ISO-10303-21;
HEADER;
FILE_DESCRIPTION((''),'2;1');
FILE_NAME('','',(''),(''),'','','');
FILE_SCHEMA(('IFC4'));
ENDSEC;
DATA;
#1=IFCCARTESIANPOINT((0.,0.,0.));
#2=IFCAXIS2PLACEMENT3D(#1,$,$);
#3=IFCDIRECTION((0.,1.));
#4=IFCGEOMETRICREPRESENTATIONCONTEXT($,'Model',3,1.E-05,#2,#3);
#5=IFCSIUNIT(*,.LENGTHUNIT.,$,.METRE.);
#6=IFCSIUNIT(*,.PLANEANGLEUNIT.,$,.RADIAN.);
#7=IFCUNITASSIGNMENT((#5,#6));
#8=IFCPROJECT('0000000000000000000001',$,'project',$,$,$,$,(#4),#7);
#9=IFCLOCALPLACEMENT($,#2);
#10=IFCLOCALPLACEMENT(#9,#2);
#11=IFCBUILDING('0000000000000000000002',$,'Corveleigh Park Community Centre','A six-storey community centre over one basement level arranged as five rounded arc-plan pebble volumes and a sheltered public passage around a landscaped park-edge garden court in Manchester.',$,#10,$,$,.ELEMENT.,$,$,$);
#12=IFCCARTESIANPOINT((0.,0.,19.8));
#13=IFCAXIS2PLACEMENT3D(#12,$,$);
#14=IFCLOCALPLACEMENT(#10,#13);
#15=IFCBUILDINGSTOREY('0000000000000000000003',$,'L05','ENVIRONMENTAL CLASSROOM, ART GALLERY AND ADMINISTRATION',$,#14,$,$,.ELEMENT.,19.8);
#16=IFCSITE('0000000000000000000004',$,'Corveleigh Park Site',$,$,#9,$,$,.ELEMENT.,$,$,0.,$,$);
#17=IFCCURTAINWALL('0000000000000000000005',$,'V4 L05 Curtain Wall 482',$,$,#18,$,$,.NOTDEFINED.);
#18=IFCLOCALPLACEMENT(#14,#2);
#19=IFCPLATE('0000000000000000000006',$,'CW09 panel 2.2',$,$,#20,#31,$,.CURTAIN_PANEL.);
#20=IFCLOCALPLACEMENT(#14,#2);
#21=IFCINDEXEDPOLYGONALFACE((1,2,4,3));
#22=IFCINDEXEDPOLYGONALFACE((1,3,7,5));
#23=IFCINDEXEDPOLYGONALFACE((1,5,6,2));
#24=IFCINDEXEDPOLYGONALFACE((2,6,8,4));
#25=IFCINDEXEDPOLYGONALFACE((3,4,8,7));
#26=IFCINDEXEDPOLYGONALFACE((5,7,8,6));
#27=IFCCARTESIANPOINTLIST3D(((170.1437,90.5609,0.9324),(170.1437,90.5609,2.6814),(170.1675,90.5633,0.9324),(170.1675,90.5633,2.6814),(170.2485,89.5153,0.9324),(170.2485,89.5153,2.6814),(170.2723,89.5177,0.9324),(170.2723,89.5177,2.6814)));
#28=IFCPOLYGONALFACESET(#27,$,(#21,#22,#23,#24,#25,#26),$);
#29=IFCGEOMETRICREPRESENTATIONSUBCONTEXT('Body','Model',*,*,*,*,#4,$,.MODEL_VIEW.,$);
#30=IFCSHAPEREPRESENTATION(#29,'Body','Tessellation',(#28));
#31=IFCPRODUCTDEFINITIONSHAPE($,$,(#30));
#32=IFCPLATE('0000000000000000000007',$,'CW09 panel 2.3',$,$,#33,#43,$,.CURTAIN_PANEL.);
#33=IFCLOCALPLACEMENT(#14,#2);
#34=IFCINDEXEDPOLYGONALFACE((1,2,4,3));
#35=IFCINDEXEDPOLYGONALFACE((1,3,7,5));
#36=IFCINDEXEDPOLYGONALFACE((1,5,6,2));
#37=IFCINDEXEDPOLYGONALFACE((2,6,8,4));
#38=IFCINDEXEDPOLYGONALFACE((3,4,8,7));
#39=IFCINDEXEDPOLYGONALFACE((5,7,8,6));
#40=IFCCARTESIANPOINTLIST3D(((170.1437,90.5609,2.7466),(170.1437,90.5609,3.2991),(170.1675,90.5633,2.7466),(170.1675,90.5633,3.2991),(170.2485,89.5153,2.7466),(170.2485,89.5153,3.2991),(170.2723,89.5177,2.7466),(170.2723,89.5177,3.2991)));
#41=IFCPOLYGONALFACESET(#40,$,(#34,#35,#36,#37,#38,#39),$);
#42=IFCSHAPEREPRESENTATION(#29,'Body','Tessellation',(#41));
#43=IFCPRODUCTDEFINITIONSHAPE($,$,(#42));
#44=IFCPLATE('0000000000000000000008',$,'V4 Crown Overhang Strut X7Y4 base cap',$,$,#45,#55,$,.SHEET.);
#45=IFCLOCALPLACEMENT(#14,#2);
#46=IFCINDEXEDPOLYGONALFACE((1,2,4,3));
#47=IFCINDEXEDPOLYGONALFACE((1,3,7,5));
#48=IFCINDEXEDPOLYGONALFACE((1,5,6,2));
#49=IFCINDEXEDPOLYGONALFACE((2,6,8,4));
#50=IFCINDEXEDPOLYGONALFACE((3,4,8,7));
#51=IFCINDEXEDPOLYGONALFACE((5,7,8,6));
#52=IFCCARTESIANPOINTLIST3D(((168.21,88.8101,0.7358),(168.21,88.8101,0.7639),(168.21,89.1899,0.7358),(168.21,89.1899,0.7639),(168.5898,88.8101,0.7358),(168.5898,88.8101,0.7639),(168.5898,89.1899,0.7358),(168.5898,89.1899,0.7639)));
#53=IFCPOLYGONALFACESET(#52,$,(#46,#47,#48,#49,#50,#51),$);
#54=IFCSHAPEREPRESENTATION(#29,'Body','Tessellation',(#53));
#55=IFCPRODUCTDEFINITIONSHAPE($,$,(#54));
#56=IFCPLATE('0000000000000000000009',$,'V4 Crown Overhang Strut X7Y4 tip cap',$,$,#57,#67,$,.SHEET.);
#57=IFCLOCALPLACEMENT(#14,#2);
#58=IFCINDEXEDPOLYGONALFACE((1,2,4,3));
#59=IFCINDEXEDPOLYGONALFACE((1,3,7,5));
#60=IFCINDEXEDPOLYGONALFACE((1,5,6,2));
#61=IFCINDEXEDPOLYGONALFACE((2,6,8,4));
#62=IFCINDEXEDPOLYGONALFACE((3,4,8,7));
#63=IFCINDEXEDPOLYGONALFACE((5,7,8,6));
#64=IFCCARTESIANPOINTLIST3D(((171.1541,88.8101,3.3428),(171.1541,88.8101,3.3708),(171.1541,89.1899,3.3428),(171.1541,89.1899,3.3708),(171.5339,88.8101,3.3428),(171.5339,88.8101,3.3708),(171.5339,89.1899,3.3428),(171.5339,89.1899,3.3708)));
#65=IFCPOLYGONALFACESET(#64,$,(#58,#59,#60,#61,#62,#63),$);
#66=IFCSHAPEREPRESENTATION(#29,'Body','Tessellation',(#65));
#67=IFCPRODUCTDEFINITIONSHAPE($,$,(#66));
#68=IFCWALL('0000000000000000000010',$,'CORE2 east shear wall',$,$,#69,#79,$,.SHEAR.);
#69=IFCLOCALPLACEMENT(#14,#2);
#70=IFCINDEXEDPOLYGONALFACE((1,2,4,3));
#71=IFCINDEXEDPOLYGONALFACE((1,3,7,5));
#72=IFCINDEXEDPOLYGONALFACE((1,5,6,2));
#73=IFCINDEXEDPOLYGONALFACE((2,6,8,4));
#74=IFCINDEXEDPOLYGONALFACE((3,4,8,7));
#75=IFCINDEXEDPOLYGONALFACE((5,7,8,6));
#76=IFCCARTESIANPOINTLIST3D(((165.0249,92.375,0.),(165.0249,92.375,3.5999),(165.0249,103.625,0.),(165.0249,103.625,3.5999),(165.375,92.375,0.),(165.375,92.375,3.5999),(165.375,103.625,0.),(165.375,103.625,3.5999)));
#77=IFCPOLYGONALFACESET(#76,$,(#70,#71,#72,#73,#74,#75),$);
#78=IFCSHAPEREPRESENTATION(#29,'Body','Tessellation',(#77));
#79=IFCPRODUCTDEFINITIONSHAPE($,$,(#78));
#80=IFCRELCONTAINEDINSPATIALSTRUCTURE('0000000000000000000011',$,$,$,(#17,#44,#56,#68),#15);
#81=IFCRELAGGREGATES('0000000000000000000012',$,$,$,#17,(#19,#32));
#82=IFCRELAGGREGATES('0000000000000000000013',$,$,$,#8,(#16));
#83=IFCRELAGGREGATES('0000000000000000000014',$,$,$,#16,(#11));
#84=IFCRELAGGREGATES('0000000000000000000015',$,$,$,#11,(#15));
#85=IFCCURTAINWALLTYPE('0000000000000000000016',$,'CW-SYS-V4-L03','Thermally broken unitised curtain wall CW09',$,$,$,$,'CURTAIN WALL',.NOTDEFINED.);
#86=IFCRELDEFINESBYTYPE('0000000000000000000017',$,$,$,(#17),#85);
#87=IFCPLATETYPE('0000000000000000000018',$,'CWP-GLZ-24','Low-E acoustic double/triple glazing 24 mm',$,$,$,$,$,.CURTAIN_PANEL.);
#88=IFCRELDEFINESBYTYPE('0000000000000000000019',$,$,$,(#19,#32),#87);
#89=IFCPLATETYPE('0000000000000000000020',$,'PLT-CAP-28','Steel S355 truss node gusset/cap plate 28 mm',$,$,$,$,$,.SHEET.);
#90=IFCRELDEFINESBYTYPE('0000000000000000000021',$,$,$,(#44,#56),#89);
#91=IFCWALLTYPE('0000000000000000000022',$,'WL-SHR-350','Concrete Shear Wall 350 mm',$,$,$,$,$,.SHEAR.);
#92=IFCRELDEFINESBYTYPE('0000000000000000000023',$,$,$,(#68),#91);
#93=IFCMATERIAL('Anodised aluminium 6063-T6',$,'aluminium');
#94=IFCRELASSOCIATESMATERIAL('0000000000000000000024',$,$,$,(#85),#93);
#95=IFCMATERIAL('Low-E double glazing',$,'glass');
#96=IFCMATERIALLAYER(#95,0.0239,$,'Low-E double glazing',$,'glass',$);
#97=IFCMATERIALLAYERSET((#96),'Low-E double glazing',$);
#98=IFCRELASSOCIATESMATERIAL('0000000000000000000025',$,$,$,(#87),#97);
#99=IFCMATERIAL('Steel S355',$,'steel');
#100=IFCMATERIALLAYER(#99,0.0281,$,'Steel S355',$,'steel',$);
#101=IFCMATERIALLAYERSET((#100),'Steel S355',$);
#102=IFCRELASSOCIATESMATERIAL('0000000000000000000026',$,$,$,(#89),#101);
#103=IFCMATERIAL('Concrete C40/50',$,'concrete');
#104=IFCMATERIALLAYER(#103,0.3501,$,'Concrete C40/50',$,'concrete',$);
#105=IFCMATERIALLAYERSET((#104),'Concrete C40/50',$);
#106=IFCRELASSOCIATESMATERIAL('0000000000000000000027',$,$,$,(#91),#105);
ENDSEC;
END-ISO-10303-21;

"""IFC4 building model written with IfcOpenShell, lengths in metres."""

from ifc_helpers import new_model, si_unit, direction, frame, frame_2d, origin, origin_2d, place, context, subcontext, project, spatial, rectangle, extrude, material, layer, layer_set, type_object, element, aggregate, save


model = new_model("IFC4")

# Units and contexts
model_context = context("Model", 3, precision=1e-05, world=origin(), true_north=direction((0.0, 1.0)))
body_context = subcontext(model_context, "Body", "Model", "MODEL_VIEW")
ifc_project = project(units=[si_unit("LENGTHUNIT", "METRE"), si_unit("PLANEANGLEUNIT", "RADIAN")], contexts=[model_context])

# Site, building, storey
site_placement = place(None, origin())
site = spatial("IfcSite", under=ifc_project, at=site_placement, Name="Corveleigh Park Site", CompositionType="ELEMENT", RefElevation=0.0)
building_placement = place(site_placement, origin())
building = spatial("IfcBuilding", under=site, at=building_placement, Name="Corveleigh Park Community Centre", Description="A six-storey community centre over one basement level arranged as five rounded arc-plan pebble volumes and a sheltered public passage around a landscaped park-edge garden court in Manchester.", CompositionType="ELEMENT")
storey_placement = place(building_placement, frame((0.0, 0.0, 19.8)))
storey = spatial("IfcBuildingStorey", under=building, at=storey_placement, Name="L05", Description="ENVIRONMENTAL CLASSROOM, ART GALLERY AND ADMINISTRATION", CompositionType="ELEMENT", Elevation=19.8)

# Shared definitions
ifc_material_1 = material(Name="Steel S355", Category="steel")

# Shared definitions
ifc_material_2 = material(Name="Anodised aluminium 6063-T6", Category="aluminium")
curtain_wall_type = type_object("IfcCurtainWallType", Name="CW-SYS-V4-L03", Description="Thermally broken unitised curtain wall CW09", ElementType="CURTAIN WALL", PredefinedType="NOTDEFINED", material=ifc_material_2)

# Curtain wall
curtain_wall_1_placement = place(storey_placement, origin())
curtain_wall_1 = element("IfcCurtainWall", 1, at=curtain_wall_1_placement, inside=storey, type_object=curtain_wall_type, Name="V4 L05 Curtain Wall 482", PredefinedType="NOTDEFINED")

# Plates
ifc_material_3 = material(Name="Low-E double glazing", Category="glass")
ifc_layer_1 = layer(ifc_material_3, 0.0239, Name="Low-E double glazing", Category="glass")
ifc_layer_set_1 = layer_set([ifc_layer_1], Name="Low-E double glazing")
plate_type_1 = type_object("IfcPlateType", Name="CWP-GLZ-24", Description="Low-E acoustic double/triple glazing 24 mm", PredefinedType="CURTAIN_PANEL", material=ifc_layer_set_1)
plate_1_placement = place(storey_placement, frame((170.208, 90.0393, 0.9324), z_axis=(0.0, 0.0, 1.0), x_axis=(0.099719, -0.995016, 0.0)))
plate_1 = element("IfcPlate", 2, at=plate_1_placement, type_object=plate_type_1, Name="CW09 panel 2.2", PredefinedType="CURTAIN_PANEL", context=body_context, shape_type="SweptSolid", body=[
    extrude(rectangle(XDim=1.0508, YDim=0.0239, at=origin_2d()), origin(), (0.0, 0.0, 1.0), 1.749),
])
plate_2_placement = place(storey_placement, frame((170.208, 90.0393, 2.7466), z_axis=(0.0, 0.0, 1.0), x_axis=(0.099719, -0.995016, 0.0)))
plate_2 = element("IfcPlate", 3, at=plate_2_placement, type_object=plate_type_1, Name="CW09 panel 2.3", PredefinedType="CURTAIN_PANEL", context=body_context, shape_type="SweptSolid", body=[
    extrude(rectangle(XDim=1.0508, YDim=0.0239, at=origin_2d()), origin(), (0.0, 0.0, 1.0), 0.5525),
])
aggregate(curtain_wall_1, [plate_1, plate_2])

# Plates
ifc_layer_2 = layer(ifc_material_1, 0.0281, Name="Steel S355", Category="steel")
ifc_layer_set_2 = layer_set([ifc_layer_2], Name="Steel S355")
plate_type_2 = type_object("IfcPlateType", Name="PLT-CAP-28", Description="Steel S355 truss node gusset/cap plate 28 mm", PredefinedType="SHEET", material=ifc_layer_set_2)
for number, where, z_axis, x_axis, name in (
    (4, (168.3999, 89.0, 0.7358), (0.0, 0.0, 1.0), (1.0, 0.0, 0.0), "V4 Crown Overhang Strut X7Y4 base cap"),
    (5, (171.344, 89.0, 3.3428), (0.0, 0.0, 1.0), (1.0, 0.0, 0.0), "V4 Crown Overhang Strut X7Y4 tip cap"),
):
    element("IfcPlate", number, at=place(storey_placement, frame(where, z_axis=z_axis, x_axis=x_axis)), inside=storey, type_object=plate_type_2, Name=name, PredefinedType="SHEET", context=body_context, shape_type="SweptSolid", body=[
        extrude(rectangle(XDim=0.3799, YDim=0.3799, at=origin_2d()), origin(), (0.0, 0.0, 1.0), 0.0281),
    ])

# Wall
ifc_material_4 = material(Name="Concrete C40/50", Category="concrete")
ifc_layer_3 = layer(ifc_material_4, 0.3501, Name="Concrete C40/50", Category="concrete")
ifc_layer_set_3 = layer_set([ifc_layer_3], Name="Concrete C40/50")
wall_type = type_object("IfcWallType", Name="WL-SHR-350", Description="Concrete Shear Wall 350 mm", PredefinedType="SHEAR", material=ifc_layer_set_3)
wall_placement = place(storey_placement, frame((165.2, 92.375, 0.0), z_axis=(0.0, 0.0, 1.0), x_axis=(0.0, 1.0, 0.0)))
element("IfcWall", 6, at=wall_placement, inside=storey, type_object=wall_type, Name="CORE2 east shear wall", PredefinedType="SHEAR", context=body_context, shape_type="SweptSolid", body=[
    extrude(rectangle(XDim=11.25, YDim=0.3501, at=frame_2d((5.625, 0.0))), origin(), (0.0, 0.0, 1.0), 3.5999),
])

save(model, "model.ifc")
